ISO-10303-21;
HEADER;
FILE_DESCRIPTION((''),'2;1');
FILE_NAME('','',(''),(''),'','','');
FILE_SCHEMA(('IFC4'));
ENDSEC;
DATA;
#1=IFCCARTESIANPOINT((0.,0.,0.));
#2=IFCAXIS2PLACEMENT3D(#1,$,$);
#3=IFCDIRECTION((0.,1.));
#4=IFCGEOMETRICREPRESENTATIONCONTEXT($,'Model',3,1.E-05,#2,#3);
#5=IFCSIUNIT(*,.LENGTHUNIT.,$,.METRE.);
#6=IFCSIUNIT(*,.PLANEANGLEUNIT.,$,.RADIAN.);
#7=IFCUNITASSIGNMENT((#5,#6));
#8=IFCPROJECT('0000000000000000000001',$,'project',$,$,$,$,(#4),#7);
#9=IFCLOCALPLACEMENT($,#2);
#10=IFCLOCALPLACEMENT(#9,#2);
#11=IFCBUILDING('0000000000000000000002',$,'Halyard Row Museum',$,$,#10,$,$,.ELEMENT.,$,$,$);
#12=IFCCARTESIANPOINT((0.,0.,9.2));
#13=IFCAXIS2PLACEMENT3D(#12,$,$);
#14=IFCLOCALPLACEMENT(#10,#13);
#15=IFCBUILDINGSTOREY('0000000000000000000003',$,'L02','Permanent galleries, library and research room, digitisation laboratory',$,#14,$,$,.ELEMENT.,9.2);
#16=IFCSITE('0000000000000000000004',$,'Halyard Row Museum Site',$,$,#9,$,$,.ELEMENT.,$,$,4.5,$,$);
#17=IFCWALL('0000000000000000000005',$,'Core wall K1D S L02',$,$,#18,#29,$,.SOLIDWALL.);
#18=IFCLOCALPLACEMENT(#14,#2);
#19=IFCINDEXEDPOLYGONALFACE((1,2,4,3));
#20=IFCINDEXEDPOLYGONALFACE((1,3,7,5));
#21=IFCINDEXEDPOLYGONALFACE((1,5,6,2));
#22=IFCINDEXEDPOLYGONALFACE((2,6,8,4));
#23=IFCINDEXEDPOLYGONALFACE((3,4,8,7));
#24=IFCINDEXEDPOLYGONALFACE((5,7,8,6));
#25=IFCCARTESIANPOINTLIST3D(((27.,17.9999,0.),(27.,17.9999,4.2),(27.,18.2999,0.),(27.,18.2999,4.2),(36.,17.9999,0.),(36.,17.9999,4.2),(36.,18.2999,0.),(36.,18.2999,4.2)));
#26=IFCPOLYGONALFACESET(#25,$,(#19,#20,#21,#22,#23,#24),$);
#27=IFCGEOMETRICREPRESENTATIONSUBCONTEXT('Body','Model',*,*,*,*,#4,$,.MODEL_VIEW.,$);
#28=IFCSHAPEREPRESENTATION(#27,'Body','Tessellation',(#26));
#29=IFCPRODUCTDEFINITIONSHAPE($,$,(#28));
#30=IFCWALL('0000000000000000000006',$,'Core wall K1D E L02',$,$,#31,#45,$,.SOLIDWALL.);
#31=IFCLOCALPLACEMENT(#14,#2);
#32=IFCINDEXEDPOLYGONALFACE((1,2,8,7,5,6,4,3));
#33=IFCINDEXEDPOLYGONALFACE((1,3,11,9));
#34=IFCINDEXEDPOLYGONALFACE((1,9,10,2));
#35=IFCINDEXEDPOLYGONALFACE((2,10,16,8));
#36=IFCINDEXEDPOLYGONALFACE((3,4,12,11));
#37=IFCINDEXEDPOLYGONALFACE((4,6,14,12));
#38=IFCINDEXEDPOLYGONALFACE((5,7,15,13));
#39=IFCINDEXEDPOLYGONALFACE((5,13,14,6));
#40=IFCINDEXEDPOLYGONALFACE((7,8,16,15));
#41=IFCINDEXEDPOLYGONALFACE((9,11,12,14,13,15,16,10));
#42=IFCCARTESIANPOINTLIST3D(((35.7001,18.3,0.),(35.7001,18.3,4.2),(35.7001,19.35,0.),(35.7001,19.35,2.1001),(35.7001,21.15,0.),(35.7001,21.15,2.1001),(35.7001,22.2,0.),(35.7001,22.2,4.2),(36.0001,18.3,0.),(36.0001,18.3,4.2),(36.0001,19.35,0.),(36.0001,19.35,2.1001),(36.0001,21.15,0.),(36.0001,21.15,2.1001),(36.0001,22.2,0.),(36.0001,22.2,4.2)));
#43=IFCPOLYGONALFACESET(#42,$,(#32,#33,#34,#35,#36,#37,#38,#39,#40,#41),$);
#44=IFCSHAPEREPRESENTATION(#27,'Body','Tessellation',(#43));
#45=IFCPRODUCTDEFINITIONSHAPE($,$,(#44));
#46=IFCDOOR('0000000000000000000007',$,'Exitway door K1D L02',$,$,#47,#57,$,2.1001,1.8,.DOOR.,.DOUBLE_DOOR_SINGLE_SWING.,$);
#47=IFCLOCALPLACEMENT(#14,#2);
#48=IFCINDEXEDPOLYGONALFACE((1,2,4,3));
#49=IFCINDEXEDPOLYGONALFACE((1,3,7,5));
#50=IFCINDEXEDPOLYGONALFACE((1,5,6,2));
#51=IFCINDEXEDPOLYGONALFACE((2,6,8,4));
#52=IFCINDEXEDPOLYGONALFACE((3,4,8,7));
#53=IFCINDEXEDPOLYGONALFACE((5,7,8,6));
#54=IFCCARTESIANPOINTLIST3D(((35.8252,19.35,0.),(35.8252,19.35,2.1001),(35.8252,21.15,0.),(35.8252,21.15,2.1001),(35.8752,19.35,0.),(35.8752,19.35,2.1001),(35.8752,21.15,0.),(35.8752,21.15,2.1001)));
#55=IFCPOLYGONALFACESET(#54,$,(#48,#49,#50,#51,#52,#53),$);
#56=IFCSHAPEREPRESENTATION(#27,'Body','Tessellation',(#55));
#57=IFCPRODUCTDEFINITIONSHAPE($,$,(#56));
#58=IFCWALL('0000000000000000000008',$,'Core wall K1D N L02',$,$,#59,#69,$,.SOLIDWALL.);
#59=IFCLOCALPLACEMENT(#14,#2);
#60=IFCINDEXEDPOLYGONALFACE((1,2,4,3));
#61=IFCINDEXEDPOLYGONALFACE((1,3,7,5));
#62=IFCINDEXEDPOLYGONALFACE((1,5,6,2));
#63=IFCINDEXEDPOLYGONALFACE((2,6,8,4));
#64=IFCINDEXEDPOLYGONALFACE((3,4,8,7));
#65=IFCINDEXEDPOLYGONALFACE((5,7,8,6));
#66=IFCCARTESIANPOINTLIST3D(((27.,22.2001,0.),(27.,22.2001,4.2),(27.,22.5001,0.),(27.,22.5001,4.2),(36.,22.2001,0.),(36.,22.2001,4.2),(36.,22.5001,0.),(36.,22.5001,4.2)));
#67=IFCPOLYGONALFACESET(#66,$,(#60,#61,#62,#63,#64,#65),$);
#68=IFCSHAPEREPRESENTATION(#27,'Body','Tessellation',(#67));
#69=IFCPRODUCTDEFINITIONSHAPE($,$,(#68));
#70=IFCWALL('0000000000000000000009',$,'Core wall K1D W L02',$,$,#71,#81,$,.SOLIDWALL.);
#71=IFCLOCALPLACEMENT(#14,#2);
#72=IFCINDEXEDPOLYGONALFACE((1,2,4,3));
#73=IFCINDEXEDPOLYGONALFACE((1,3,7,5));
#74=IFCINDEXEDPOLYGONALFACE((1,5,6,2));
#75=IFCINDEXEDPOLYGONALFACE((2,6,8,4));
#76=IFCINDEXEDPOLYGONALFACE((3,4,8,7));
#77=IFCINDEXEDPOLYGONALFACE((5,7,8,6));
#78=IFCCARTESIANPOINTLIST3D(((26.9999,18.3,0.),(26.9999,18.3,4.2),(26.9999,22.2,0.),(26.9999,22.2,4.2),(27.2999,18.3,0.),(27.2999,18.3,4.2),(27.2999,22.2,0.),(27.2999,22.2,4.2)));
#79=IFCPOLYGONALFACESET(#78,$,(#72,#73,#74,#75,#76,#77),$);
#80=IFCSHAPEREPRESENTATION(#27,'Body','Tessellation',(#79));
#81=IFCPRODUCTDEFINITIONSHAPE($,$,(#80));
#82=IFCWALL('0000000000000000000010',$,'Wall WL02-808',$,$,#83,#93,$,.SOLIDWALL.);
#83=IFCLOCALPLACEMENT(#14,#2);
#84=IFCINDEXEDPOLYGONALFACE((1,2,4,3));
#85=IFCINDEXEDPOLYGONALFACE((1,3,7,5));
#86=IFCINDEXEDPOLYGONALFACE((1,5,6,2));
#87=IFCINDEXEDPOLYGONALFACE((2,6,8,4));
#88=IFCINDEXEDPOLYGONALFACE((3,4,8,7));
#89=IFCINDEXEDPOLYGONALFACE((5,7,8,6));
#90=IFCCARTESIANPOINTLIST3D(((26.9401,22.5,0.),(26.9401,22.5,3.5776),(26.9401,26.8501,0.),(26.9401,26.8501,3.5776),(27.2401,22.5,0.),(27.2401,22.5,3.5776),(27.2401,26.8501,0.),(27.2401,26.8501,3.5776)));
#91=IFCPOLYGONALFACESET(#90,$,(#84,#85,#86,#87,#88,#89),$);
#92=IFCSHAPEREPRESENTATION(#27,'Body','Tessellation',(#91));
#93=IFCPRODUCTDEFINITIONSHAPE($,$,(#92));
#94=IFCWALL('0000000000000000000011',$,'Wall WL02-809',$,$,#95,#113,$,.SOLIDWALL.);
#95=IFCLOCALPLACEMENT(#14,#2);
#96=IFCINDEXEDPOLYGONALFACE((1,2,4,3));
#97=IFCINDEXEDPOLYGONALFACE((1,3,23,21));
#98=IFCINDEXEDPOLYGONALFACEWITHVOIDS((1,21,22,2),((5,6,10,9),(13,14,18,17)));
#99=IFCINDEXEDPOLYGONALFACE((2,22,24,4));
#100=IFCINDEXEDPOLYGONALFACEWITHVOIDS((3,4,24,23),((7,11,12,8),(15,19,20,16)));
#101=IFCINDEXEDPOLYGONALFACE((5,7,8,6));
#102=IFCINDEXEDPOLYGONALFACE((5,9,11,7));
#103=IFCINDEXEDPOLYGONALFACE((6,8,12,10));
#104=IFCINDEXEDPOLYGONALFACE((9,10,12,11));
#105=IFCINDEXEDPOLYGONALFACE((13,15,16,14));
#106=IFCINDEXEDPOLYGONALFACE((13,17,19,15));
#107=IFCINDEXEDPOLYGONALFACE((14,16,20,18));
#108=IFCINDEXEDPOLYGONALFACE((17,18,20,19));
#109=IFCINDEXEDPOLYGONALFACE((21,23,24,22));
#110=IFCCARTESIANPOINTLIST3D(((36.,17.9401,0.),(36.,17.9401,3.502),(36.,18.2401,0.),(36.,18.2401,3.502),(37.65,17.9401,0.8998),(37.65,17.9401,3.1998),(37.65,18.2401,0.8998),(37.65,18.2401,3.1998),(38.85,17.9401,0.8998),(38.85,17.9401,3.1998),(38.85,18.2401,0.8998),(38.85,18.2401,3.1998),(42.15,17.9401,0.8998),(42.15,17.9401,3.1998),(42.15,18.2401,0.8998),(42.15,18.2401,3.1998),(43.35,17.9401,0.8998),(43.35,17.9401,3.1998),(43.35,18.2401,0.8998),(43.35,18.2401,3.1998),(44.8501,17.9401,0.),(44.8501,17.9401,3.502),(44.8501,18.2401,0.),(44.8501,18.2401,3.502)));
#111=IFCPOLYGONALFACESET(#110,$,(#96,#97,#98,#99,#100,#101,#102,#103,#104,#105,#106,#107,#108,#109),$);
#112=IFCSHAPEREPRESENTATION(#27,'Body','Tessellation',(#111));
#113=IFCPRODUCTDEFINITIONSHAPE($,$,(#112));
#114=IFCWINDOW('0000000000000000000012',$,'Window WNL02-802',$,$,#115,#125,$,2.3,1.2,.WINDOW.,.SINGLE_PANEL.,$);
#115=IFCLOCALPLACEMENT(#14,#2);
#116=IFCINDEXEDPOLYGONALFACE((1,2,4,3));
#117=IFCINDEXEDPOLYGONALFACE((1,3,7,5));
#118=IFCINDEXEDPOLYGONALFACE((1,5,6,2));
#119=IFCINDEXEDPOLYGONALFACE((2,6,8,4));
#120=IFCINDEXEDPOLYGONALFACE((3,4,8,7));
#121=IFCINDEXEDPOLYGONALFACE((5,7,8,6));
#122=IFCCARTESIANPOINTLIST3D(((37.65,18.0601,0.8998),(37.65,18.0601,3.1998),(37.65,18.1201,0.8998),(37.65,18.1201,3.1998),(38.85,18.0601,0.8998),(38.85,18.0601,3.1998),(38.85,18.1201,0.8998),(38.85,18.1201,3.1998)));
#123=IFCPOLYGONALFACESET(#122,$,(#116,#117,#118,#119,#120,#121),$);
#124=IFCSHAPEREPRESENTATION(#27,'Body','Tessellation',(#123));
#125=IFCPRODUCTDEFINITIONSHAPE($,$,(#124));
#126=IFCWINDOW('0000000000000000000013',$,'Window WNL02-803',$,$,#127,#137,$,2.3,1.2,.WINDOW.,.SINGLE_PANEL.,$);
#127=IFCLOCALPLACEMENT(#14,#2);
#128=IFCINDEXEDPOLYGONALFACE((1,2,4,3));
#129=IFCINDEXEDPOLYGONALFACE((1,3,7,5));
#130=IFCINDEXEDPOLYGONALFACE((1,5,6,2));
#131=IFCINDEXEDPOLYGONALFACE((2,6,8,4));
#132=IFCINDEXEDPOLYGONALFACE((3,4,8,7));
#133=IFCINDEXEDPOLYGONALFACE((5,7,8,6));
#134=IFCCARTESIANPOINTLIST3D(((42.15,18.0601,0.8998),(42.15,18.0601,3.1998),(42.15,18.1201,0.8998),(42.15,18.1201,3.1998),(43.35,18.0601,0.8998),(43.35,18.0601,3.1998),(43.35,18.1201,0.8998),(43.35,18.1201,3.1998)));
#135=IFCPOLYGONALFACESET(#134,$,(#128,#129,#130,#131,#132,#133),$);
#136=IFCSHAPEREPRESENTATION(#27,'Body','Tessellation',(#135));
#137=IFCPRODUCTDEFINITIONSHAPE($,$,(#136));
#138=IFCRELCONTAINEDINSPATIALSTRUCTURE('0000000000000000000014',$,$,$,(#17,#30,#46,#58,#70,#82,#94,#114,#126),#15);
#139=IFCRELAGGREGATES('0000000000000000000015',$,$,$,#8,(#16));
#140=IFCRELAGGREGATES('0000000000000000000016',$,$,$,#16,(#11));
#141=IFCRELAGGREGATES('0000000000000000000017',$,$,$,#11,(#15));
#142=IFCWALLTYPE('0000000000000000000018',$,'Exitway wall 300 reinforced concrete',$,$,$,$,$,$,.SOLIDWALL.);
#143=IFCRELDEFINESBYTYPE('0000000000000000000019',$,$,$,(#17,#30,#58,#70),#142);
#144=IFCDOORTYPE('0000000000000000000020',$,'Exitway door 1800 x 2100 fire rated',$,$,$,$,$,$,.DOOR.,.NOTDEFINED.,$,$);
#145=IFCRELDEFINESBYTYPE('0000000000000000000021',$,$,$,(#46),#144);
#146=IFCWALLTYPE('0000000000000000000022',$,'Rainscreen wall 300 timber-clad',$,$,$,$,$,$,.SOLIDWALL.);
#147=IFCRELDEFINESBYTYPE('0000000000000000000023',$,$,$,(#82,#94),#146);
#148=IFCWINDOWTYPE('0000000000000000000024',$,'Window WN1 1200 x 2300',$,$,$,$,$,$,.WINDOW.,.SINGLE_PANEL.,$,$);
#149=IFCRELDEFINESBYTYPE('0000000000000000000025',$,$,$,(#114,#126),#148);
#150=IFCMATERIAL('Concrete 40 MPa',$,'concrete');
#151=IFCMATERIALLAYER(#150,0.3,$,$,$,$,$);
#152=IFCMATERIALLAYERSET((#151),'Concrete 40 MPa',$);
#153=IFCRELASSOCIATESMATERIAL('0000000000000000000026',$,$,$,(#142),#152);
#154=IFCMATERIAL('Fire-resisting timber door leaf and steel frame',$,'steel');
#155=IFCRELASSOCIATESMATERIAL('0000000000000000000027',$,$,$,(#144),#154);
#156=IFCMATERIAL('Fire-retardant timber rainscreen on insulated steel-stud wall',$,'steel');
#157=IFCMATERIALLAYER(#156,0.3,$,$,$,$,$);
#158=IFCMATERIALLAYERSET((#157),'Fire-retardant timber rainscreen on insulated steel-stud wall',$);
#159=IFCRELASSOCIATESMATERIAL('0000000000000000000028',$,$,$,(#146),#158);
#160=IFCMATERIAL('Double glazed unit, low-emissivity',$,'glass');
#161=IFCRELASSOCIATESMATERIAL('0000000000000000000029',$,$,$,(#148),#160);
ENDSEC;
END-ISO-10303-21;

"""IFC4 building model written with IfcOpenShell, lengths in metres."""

from ifc_helpers import new_model, si_unit, direction, frame, frame_2d, origin, place, context, subcontext, project, spatial, rectangle, extrude, material, layer, layer_set, type_object, element, fill, save


model = new_model("IFC4")

# Units and contexts
model_context = context("Model", 3, precision=1e-05, world=origin(), true_north=direction((0.0, 1.0)))
body_context = subcontext(model_context, "Body", "Model", "MODEL_VIEW")
ifc_project = project(units=[si_unit("LENGTHUNIT", "METRE"), si_unit("PLANEANGLEUNIT", "RADIAN")], contexts=[model_context])

# Site, building, storey
site_placement = place(None, origin())
site = spatial("IfcSite", under=ifc_project, at=site_placement, Name="Halyard Row Museum Site", CompositionType="ELEMENT", RefElevation=4.5)
building_placement = place(site_placement, origin())
building = spatial("IfcBuilding", under=site, at=building_placement, Name="Halyard Row Museum", CompositionType="ELEMENT")
storey_placement = place(building_placement, frame((0.0, 0.0, 9.2)))
storey = spatial("IfcBuildingStorey", under=building, at=storey_placement, Name="L02", Description="Permanent galleries, library and research room, digitisation laboratory", CompositionType="ELEMENT", Elevation=9.2)

# Wall
ifc_material_1 = material(Name="Concrete 40 MPa", Category="concrete")
ifc_layer_1 = layer(ifc_material_1, 0.3)
ifc_layer_set_1 = layer_set([ifc_layer_1], Name="Concrete 40 MPa")
wall_type_1 = type_object("IfcWallType", Name="Exitway wall 300 reinforced concrete", PredefinedType="SOLIDWALL", material=ifc_layer_set_1)
wall_1_placement = place(storey_placement, frame((27.0, 18.1499, 0.0), z_axis=(0.0, 0.0, 1.0), x_axis=(1.0, 0.0, 0.0)))
element("IfcWall", 1, at=wall_1_placement, inside=storey, type_object=wall_type_1, Name="Core wall K1D S L02", PredefinedType="SOLIDWALL", context=body_context, shape_type="SweptSolid", body=[
    extrude(rectangle(XDim=9.0, YDim=0.3, at=frame_2d((4.5, 0.0))), origin(), (0.0, 0.0, 1.0), 4.2),
])

# Wall, opening, door
wall_2_placement = place(storey_placement, frame((35.8501, 18.3, 0.0), z_axis=(0.0, 0.0, 1.0), x_axis=(0.0, 1.0, 0.0)))
wall_2 = element("IfcWall", 2, at=wall_2_placement, inside=storey, type_object=wall_type_1, Name="Core wall K1D E L02", PredefinedType="SOLIDWALL", context=body_context, shape_type="SweptSolid", body=[
    extrude(rectangle(XDim=3.8999, YDim=0.3, at=frame_2d((1.95, 0.0))), origin(), (0.0, 0.0, 1.0), 4.2),
])
opening_1_placement = place(wall_2_placement, frame((1.05, 0.0, 0.0)))
opening_1 = element("IfcOpeningElement", 3, at=opening_1_placement, cuts=wall_2, PredefinedType="OPENING", context=body_context, shape_type="SweptSolid", body=[
    extrude(rectangle(XDim=1.8, YDim=2.1001, at=frame_2d((0.8999, 1.05))), frame((0.0, 0.1599, 0.0), z_axis=(0.0, -1.0, 0.0), x_axis=(1.0, 0.0, 0.0)), (0.0, 0.0, 1.0), 0.3201),
])
ifc_material_2 = material(Name="Fire-resisting timber door leaf and steel frame", Category="steel")
door_type = type_object("IfcDoorType", Name="Exitway door 1800 x 2100 fire rated", OperationType="NOTDEFINED", PredefinedType="DOOR", material=ifc_material_2)
door_placement = place(opening_1_placement, origin())
door = element("IfcDoor", 4, at=door_placement, inside=storey, type_object=door_type, Name="Exitway door K1D L02", OperationType="DOUBLE_DOOR_SINGLE_SWING", OverallHeight=2.1001, OverallWidth=1.8, PredefinedType="DOOR", context=body_context, shape_type="SweptSolid", body=[
    extrude(rectangle(XDim=1.8, YDim=2.1001, at=frame_2d((0.8999, 1.05))), frame((0.0, 0.0249, 0.0), z_axis=(0.0, -1.0, 0.0), x_axis=(1.0, 0.0, 0.0)), (0.0, 0.0, 1.0), 0.05),
])
fill(opening_1, door)

# Walls
wall_3_placement = place(storey_placement, frame((27.0, 22.3501, 0.0), z_axis=(0.0, 0.0, 1.0), x_axis=(1.0, 0.0, 0.0)))
element("IfcWall", 5, at=wall_3_placement, inside=storey, type_object=wall_type_1, Name="Core wall K1D N L02", PredefinedType="SOLIDWALL", context=body_context, shape_type="SweptSolid", body=[
    extrude(rectangle(XDim=9.0, YDim=0.3, at=frame_2d((4.5, 0.0))), origin(), (0.0, 0.0, 1.0), 4.2),
])
wall_4_placement = place(storey_placement, frame((27.1499, 18.3, 0.0), z_axis=(0.0, 0.0, 1.0), x_axis=(0.0, 1.0, 0.0)))
element("IfcWall", 6, at=wall_4_placement, inside=storey, type_object=wall_type_1, Name="Core wall K1D W L02", PredefinedType="SOLIDWALL", context=body_context, shape_type="SweptSolid", body=[
    extrude(rectangle(XDim=3.8999, YDim=0.3, at=frame_2d((1.95, 0.0))), origin(), (0.0, 0.0, 1.0), 4.2),
])
ifc_material_3 = material(Name="Fire-retardant timber rainscreen on insulated steel-stud wall", Category="steel")
ifc_layer_2 = layer(ifc_material_3, 0.3)
ifc_layer_set_2 = layer_set([ifc_layer_2], Name="Fire-retardant timber rainscreen on insulated steel-stud wall")
wall_type_2 = type_object("IfcWallType", Name="Rainscreen wall 300 timber-clad", PredefinedType="SOLIDWALL", material=ifc_layer_set_2)
wall_5_placement = place(storey_placement, frame((27.0901, 22.5, 0.0), z_axis=(0.0, 0.0, 1.0), x_axis=(0.0, 1.0, 0.0)))
element("IfcWall", 7, at=wall_5_placement, inside=storey, type_object=wall_type_2, Name="Wall WL02-808", PredefinedType="SOLIDWALL", context=body_context, shape_type="SweptSolid", body=[
    extrude(rectangle(XDim=4.3501, YDim=0.3, at=frame_2d((2.175, 0.0))), origin(), (0.0, 0.0, 1.0), 3.5776),
])

# Wall, openings, windows
wall_6_placement = place(storey_placement, frame((36.0, 18.0901, 0.0), z_axis=(0.0, 0.0, 1.0), x_axis=(1.0, 0.0, 0.0)))
wall_6 = element("IfcWall", 8, at=wall_6_placement, inside=storey, type_object=wall_type_2, Name="Wall WL02-809", PredefinedType="SOLIDWALL", context=body_context, shape_type="SweptSolid", body=[
    extrude(rectangle(XDim=8.8501, YDim=0.3, at=frame_2d((4.425, 0.0))), origin(), (0.0, 0.0, 1.0), 3.502),
])
opening_2_placement = place(wall_6_placement, frame((1.6499, 0.0, 0.8999)))
opening_2 = element("IfcOpeningElement", 9, at=opening_2_placement, cuts=wall_6, PredefinedType="OPENING", context=body_context, shape_type="SweptSolid", body=[
    extrude(rectangle(XDim=1.2, YDim=2.3, at=frame_2d((0.6001, 1.1499))), frame((0.0, 0.1599, 0.0), z_axis=(0.0, -1.0, 0.0), x_axis=(1.0, 0.0, 0.0)), (0.0, 0.0, 1.0), 0.3201),
])
opening_3_placement = place(wall_6_placement, frame((6.1499, 0.0, 0.8999)))
opening_3 = element("IfcOpeningElement", 10, at=opening_3_placement, cuts=wall_6, PredefinedType="OPENING", context=body_context, shape_type="SweptSolid", body=[
    extrude(rectangle(XDim=1.2, YDim=2.3, at=frame_2d((0.6001, 1.1499))), frame((0.0, 0.1599, 0.0), z_axis=(0.0, -1.0, 0.0), x_axis=(1.0, 0.0, 0.0)), (0.0, 0.0, 1.0), 0.3201),
])
ifc_material_4 = material(Name="Double glazed unit, low-emissivity", Category="glass")
window_type = type_object("IfcWindowType", Name="Window WN1 1200 x 2300", PartitioningType="SINGLE_PANEL", PredefinedType="WINDOW", material=ifc_material_4)
window_1_placement = place(opening_2_placement, origin())
window_1 = element("IfcWindow", 11, at=window_1_placement, inside=storey, type_object=window_type, Name="Window WNL02-802", OverallHeight=2.3, OverallWidth=1.2, PartitioningType="SINGLE_PANEL", PredefinedType="WINDOW", context=body_context, shape_type="SweptSolid", body=[
    extrude(rectangle(XDim=1.2, YDim=2.3, at=frame_2d((0.6001, 1.1499))), frame((0.0, 0.03, 0.0), z_axis=(0.0, -1.0, 0.0), x_axis=(1.0, 0.0, 0.0)), (0.0, 0.0, 1.0), 0.0601),
])
fill(opening_2, window_1)
window_2_placement = place(opening_3_placement, origin())
window_2 = element("IfcWindow", 12, at=window_2_placement, inside=storey, type_object=window_type, Name="Window WNL02-803", OverallHeight=2.3, OverallWidth=1.2, PartitioningType="SINGLE_PANEL", PredefinedType="WINDOW", context=body_context, shape_type="SweptSolid", body=[
    extrude(rectangle(XDim=1.2, YDim=2.3, at=frame_2d((0.6001, 1.1499))), frame((0.0, 0.03, 0.0), z_axis=(0.0, -1.0, 0.0), x_axis=(1.0, 0.0, 0.0)), (0.0, 0.0, 1.0), 0.0601),
])
fill(opening_3, window_2)

save(model, "model.ifc")
